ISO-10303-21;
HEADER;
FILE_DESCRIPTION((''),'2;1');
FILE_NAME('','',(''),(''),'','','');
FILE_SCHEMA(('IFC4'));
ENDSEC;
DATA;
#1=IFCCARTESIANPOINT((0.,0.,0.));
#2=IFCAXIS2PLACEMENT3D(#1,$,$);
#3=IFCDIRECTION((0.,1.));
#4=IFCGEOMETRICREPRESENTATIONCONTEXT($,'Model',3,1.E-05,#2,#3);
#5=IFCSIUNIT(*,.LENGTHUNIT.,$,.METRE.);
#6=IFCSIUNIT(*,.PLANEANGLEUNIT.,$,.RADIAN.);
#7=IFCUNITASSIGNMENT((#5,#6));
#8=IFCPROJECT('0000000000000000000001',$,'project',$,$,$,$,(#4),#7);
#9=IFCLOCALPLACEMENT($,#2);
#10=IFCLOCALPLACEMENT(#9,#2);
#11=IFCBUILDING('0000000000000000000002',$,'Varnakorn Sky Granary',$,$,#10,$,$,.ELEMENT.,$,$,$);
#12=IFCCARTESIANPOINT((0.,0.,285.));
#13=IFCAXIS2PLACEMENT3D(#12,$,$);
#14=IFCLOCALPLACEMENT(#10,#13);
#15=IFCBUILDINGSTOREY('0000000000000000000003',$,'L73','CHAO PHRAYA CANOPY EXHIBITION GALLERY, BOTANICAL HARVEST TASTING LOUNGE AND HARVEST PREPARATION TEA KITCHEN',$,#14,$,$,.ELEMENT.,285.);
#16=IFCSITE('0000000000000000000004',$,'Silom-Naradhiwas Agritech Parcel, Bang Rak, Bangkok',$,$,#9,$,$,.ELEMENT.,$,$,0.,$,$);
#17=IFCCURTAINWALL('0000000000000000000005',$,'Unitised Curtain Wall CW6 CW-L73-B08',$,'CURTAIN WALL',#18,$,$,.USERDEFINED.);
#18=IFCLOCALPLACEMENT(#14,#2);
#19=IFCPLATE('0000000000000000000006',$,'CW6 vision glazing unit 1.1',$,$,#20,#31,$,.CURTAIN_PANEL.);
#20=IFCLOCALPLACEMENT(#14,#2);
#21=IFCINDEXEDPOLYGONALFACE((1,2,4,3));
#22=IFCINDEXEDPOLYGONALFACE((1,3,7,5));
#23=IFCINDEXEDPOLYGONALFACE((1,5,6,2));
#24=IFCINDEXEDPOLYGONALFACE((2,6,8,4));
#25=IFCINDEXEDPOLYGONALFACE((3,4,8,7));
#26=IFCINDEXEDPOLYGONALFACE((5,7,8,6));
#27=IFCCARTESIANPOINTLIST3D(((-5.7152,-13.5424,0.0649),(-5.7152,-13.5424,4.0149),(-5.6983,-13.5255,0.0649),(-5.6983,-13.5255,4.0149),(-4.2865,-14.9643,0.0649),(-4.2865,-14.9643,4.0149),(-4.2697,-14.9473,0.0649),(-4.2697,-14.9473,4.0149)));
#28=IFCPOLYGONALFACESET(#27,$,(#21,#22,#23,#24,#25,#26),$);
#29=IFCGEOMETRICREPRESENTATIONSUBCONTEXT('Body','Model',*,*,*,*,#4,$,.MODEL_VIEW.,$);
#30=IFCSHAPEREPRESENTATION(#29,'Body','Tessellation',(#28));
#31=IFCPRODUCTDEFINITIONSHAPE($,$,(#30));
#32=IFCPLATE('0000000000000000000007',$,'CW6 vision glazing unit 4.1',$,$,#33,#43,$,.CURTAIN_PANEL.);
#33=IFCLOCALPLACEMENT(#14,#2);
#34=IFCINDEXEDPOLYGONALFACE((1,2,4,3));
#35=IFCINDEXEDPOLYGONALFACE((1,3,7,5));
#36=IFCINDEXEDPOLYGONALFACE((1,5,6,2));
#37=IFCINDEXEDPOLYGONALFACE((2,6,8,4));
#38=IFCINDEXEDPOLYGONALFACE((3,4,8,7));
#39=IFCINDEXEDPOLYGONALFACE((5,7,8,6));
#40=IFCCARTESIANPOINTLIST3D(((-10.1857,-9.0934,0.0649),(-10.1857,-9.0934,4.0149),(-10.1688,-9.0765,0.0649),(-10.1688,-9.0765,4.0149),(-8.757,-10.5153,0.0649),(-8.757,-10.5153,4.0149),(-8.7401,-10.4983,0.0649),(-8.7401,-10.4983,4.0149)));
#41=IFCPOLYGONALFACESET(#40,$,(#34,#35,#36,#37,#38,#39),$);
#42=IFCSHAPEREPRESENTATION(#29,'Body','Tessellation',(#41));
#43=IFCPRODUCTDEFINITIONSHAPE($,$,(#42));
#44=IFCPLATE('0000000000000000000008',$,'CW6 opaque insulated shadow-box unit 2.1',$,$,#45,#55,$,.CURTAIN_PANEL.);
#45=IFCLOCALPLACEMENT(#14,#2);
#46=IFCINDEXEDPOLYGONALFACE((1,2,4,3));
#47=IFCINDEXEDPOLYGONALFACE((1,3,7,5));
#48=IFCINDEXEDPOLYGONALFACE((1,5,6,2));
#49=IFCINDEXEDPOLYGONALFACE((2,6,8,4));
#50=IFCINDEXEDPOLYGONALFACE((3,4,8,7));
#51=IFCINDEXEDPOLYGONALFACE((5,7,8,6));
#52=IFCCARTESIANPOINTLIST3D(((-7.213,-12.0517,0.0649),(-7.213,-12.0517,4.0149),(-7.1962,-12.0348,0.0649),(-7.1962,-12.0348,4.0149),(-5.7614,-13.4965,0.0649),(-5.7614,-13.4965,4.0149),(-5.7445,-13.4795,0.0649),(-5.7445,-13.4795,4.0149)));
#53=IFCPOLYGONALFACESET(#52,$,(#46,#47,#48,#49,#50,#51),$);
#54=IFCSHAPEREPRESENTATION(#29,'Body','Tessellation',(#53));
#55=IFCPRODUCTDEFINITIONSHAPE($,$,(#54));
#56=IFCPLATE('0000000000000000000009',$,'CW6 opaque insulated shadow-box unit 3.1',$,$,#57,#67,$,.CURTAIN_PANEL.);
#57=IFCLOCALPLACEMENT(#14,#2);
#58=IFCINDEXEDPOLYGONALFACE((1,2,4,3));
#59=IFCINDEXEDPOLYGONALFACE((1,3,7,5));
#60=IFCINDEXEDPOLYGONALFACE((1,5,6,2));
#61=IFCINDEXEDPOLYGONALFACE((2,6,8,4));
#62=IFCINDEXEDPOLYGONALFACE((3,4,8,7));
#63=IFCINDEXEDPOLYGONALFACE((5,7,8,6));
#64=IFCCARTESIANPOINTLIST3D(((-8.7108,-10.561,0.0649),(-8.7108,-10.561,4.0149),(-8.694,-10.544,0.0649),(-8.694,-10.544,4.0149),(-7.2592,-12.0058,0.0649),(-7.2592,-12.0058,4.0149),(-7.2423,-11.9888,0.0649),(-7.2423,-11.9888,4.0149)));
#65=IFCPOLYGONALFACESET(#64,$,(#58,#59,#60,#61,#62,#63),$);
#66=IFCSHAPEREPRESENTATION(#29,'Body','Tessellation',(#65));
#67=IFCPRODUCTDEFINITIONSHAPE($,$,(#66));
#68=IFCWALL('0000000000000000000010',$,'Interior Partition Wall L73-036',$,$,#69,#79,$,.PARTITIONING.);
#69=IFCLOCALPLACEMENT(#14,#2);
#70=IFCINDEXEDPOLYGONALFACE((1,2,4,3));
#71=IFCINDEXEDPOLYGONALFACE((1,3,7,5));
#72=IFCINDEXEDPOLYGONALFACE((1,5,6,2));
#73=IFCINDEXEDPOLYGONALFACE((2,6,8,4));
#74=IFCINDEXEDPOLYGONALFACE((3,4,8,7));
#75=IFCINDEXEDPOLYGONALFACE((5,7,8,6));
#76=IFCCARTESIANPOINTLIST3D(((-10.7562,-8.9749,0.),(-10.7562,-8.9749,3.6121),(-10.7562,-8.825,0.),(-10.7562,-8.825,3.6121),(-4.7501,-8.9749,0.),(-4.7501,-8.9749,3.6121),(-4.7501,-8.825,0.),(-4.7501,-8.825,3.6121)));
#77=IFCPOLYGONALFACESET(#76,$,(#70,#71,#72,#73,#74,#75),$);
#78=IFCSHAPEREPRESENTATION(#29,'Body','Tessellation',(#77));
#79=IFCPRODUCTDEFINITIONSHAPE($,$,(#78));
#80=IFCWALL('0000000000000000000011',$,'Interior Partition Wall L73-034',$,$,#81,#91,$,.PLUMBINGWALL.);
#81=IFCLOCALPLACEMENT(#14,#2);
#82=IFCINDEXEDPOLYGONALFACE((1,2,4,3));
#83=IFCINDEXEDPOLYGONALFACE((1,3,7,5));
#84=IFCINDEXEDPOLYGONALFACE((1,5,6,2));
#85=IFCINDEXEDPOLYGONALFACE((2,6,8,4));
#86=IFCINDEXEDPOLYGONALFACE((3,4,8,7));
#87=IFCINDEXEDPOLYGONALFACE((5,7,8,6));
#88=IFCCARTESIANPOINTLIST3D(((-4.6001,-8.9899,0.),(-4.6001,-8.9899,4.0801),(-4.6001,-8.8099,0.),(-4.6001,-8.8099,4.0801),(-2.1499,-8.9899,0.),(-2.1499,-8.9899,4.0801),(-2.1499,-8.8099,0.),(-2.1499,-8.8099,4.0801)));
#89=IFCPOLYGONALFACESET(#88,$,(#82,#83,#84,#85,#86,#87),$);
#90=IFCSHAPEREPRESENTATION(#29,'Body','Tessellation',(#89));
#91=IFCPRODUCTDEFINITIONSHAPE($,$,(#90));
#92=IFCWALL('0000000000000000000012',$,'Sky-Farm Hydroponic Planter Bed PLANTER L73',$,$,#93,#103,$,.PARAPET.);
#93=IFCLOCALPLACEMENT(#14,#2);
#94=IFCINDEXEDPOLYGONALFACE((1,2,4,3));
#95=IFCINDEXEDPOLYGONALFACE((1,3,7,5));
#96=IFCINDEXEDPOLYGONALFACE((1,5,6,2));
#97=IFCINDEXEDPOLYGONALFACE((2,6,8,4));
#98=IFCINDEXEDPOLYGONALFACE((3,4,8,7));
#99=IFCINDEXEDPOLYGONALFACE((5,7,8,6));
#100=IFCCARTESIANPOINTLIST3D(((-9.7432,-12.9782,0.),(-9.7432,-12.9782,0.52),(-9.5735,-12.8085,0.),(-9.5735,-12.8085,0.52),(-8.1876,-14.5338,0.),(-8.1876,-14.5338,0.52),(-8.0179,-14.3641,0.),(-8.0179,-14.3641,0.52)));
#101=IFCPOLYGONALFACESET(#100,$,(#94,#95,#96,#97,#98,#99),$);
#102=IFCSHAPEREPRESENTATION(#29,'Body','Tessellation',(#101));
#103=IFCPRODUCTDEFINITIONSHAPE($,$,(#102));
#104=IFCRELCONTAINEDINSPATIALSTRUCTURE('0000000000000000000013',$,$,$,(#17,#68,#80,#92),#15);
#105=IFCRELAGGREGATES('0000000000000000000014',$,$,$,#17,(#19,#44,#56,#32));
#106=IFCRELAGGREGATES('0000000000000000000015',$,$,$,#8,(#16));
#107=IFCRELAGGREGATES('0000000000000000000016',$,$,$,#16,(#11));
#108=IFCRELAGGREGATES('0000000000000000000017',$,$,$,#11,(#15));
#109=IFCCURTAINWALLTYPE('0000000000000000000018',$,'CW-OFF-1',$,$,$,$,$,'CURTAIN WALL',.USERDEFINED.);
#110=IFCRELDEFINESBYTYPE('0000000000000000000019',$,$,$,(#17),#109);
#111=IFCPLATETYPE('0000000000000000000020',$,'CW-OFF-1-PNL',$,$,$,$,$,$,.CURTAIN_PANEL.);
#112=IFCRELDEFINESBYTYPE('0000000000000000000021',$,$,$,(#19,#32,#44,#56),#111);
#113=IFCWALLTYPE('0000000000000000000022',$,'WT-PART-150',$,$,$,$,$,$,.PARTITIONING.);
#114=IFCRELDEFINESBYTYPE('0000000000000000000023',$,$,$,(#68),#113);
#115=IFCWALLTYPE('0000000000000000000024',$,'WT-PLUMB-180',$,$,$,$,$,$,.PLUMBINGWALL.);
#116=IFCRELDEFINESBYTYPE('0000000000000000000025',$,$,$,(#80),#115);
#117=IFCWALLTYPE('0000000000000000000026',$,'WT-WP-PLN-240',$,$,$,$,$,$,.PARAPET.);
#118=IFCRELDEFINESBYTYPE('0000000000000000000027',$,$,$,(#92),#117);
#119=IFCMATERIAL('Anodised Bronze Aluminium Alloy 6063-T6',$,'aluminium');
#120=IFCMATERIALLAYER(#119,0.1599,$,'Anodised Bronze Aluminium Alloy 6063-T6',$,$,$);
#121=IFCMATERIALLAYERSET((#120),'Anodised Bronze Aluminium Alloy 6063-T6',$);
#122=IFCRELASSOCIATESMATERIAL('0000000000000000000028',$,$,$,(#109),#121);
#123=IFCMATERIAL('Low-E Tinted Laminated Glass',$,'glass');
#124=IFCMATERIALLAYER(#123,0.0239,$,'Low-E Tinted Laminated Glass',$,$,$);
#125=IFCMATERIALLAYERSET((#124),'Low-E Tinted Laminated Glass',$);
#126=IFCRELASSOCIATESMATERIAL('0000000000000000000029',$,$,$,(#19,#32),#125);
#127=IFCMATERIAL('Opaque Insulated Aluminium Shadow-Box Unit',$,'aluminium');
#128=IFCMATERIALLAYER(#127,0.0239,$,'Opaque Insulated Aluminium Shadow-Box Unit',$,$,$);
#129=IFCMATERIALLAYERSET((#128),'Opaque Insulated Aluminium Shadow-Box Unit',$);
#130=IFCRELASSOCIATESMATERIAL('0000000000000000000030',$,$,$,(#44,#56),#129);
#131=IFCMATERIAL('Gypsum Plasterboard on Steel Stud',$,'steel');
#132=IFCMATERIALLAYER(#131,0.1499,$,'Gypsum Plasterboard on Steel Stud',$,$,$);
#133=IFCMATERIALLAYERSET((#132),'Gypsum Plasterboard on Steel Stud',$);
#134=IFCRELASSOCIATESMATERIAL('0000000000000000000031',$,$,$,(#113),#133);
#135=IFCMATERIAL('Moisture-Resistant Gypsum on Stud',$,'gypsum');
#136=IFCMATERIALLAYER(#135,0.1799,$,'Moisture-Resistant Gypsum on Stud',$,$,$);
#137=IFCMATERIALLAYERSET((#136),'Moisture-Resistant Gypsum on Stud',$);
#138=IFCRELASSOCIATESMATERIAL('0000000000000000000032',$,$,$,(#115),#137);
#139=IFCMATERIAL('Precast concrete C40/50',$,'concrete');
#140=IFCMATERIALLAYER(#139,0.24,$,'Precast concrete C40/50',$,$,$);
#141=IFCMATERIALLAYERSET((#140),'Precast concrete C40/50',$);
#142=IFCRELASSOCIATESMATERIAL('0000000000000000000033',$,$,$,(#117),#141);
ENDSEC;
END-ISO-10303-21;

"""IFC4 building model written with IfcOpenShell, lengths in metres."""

from ifc_helpers import new_model, si_unit, direction, frame, frame_2d, origin, origin_2d, place, context, subcontext, project, spatial, rectangle, extrude, source, transform, mapped, material, layer, layer_set, type_object, type_shapes, element, aggregate, save


model = new_model("IFC4")

# Units and contexts
model_context = context("Model", 3, precision=1e-05, world=origin(), true_north=direction((0.0, 1.0)))
body_context = subcontext(model_context, "Body", "Model", "MODEL_VIEW")
ifc_project = project(units=[si_unit("LENGTHUNIT", "METRE"), si_unit("PLANEANGLEUNIT", "RADIAN")], contexts=[model_context])

# Site, building, storey
site_placement = place(None, origin())
site = spatial("IfcSite", under=ifc_project, at=site_placement, Name="Silom-Naradhiwas Agritech Parcel, Bang Rak, Bangkok", CompositionType="ELEMENT", RefElevation=0.0)
building_placement = place(site_placement, origin())
building = spatial("IfcBuilding", under=site, at=building_placement, Name="Varnakorn Sky Granary", CompositionType="ELEMENT")
storey_placement = place(building_placement, frame((0.0, 0.0, 285.0)))
storey = spatial("IfcBuildingStorey", under=building, at=storey_placement, Name="L73", Description="CHAO PHRAYA CANOPY EXHIBITION GALLERY, BOTANICAL HARVEST TASTING LOUNGE AND HARVEST PREPARATION TEA KITCHEN", CompositionType="ELEMENT", Elevation=285.0)

# Curtain wall
ifc_material_1 = material(Name="Anodised Bronze Aluminium Alloy 6063-T6", Category="aluminium")
ifc_layer_1 = layer(ifc_material_1, 0.1599, Name="Anodised Bronze Aluminium Alloy 6063-T6")
ifc_layer_set_1 = layer_set([ifc_layer_1], Name="Anodised Bronze Aluminium Alloy 6063-T6")
curtain_wall_type = type_object("IfcCurtainWallType", Name="CW-OFF-1", ElementType="CURTAIN WALL", PredefinedType="USERDEFINED", material=ifc_layer_set_1)
curtain_wall_placement = place(storey_placement, origin())
curtain_wall = element("IfcCurtainWall", 1, at=curtain_wall_placement, inside=storey, type_object=curtain_wall_type, Name="Unitised Curtain Wall CW6 CW-L73-B08", ObjectType="CURTAIN WALL", PredefinedType="USERDEFINED")

# Plates
ifc_material_2 = material(Name="Low-E Tinted Laminated Glass", Category="glass")
ifc_layer_2 = layer(ifc_material_2, 0.0239, Name="Low-E Tinted Laminated Glass")
ifc_layer_set_2 = layer_set([ifc_layer_2], Name="Low-E Tinted Laminated Glass")
plate_type = type_object("IfcPlateType", Name="CW-OFF-1-PNL", PredefinedType="CURTAIN_PANEL")
shared_shape_1 = source(origin(), body_context, "Body", "SweptSolid", [
    extrude(rectangle(XDim=2.0156, YDim=0.0239, at=origin_2d()), origin(), (0.0, 0.0, 1.0), 3.95),
])
plate_1_placement = place(storey_placement, frame((-4.9924, -14.2449, 0.0649), z_axis=(0.0, 0.0, 1.0), x_axis=(-0.708791, 0.705419, 0.0)))
plate_1 = element("IfcPlate", 2, at=plate_1_placement, type_object=plate_type, material=ifc_layer_set_2, Name="CW6 vision glazing unit 1.1", PredefinedType="CURTAIN_PANEL", context=body_context, shape_type="MappedRepresentation", body=[
    mapped(shared_shape_1, transform((0.0, 0.0, 0.0), x_axis=(1.0, 0.0, 0.0), y_axis=(0.0, 1.0, 0.0), z_axis=(0.0, 0.0, 1.0), scale=1.0)),
])
plate_2_placement = place(storey_placement, frame((-9.4629, -9.7959, 0.0649), z_axis=(0.0, 0.0, 1.0), x_axis=(-0.708791, 0.705419, 0.0)))
plate_2 = element("IfcPlate", 3, at=plate_2_placement, type_object=plate_type, material=ifc_layer_set_2, Name="CW6 vision glazing unit 4.1", PredefinedType="CURTAIN_PANEL", context=body_context, shape_type="MappedRepresentation", body=[
    mapped(shared_shape_1, transform((0.0, 0.0, 0.0), x_axis=(1.0, 0.0, 0.0), y_axis=(0.0, 1.0, 0.0), z_axis=(0.0, 0.0, 1.0), scale=1.0)),
])
ifc_material_3 = material(Name="Opaque Insulated Aluminium Shadow-Box Unit", Category="aluminium")
ifc_layer_3 = layer(ifc_material_3, 0.0239, Name="Opaque Insulated Aluminium Shadow-Box Unit")
ifc_layer_set_3 = layer_set([ifc_layer_3], Name="Opaque Insulated Aluminium Shadow-Box Unit")
shared_shape_2 = source(origin(), body_context, "Body", "SweptSolid", [
    extrude(rectangle(XDim=2.0481, YDim=0.0239, at=origin_2d()), origin(), (0.0, 0.0, 1.0), 3.95),
])
type_shapes(plate_type, [shared_shape_1, shared_shape_2])
plate_3_placement = place(storey_placement, frame((-6.4788, -12.7656, 0.0649), z_axis=(0.0, 0.0, 1.0), x_axis=(-0.708791, 0.705419, 0.0)))
plate_3 = element("IfcPlate", 4, at=plate_3_placement, type_object=plate_type, material=ifc_layer_set_3, Name="CW6 opaque insulated shadow-box unit 2.1", PredefinedType="CURTAIN_PANEL", context=body_context, shape_type="MappedRepresentation", body=[
    mapped(shared_shape_2, transform((0.0, 0.0, 0.0), x_axis=(1.0, 0.0, 0.0), y_axis=(0.0, 1.0, 0.0), z_axis=(0.0, 0.0, 1.0), scale=1.0)),
])
plate_4_placement = place(storey_placement, frame((-7.9766, -11.2749, 0.0649), z_axis=(0.0, 0.0, 1.0), x_axis=(-0.708791, 0.705419, 0.0)))
plate_4 = element("IfcPlate", 5, at=plate_4_placement, type_object=plate_type, material=ifc_layer_set_3, Name="CW6 opaque insulated shadow-box unit 3.1", PredefinedType="CURTAIN_PANEL", context=body_context, shape_type="MappedRepresentation", body=[
    mapped(shared_shape_2, transform((0.0, 0.0, 0.0), x_axis=(1.0, 0.0, 0.0), y_axis=(0.0, 1.0, 0.0), z_axis=(0.0, 0.0, 1.0), scale=1.0)),
])
aggregate(curtain_wall, [plate_1, plate_3, plate_4, plate_2])

# Walls
ifc_material_4 = material(Name="Gypsum Plasterboard on Steel Stud", Category="steel")
ifc_layer_4 = layer(ifc_material_4, 0.1499, Name="Gypsum Plasterboard on Steel Stud")
ifc_layer_set_4 = layer_set([ifc_layer_4], Name="Gypsum Plasterboard on Steel Stud")
wall_type_1 = type_object("IfcWallType", Name="WT-PART-150", PredefinedType="PARTITIONING", material=ifc_layer_set_4)
wall_1_placement = place(storey_placement, frame((-10.7561, -8.8999, 0.0), z_axis=(0.0, 0.0, 1.0), x_axis=(1.0, 0.0, 0.0)))
element("IfcWall", 6, at=wall_1_placement, inside=storey, type_object=wall_type_1, Name="Interior Partition Wall L73-036", PredefinedType="PARTITIONING", context=body_context, shape_type="SweptSolid", body=[
    extrude(rectangle(XDim=6.0061, YDim=0.1499, at=frame_2d((3.0029, 0.0))), origin(), (0.0, 0.0, 1.0), 3.6121),
])
ifc_material_5 = material(Name="Moisture-Resistant Gypsum on Stud", Category="gypsum")
ifc_layer_5 = layer(ifc_material_5, 0.1799, Name="Moisture-Resistant Gypsum on Stud")
ifc_layer_set_5 = layer_set([ifc_layer_5], Name="Moisture-Resistant Gypsum on Stud")
wall_type_2 = type_object("IfcWallType", Name="WT-PLUMB-180", PredefinedType="PLUMBINGWALL", material=ifc_layer_set_5)
wall_2_placement = place(storey_placement, frame((-4.6001, -8.8999, 0.0), z_axis=(0.0, 0.0, 1.0), x_axis=(1.0, 0.0, 0.0)))
element("IfcWall", 7, at=wall_2_placement, inside=storey, type_object=wall_type_2, Name="Interior Partition Wall L73-034", PredefinedType="PLUMBINGWALL", context=body_context, shape_type="SweptSolid", body=[
    extrude(rectangle(XDim=2.4502, YDim=0.1799, at=frame_2d((1.2251, 0.0))), origin(), (0.0, 0.0, 1.0), 4.0801),
])
ifc_material_6 = material(Name="Precast concrete C40/50", Category="concrete")
ifc_layer_6 = layer(ifc_material_6, 0.24, Name="Precast concrete C40/50")
ifc_layer_set_6 = layer_set([ifc_layer_6], Name="Precast concrete C40/50")
wall_type_3 = type_object("IfcWallType", Name="WT-WP-PLN-240", PredefinedType="PARAPET", material=ifc_layer_set_6)
wall_3_placement = place(storey_placement, frame((-9.6584, -12.8933, 0.0), z_axis=(0.0, 0.0, 1.0), x_axis=(0.707107, -0.707107, 0.0)))
element("IfcWall", 8, at=wall_3_placement, inside=storey, type_object=wall_type_3, Name="Sky-Farm Hydroponic Planter Bed PLANTER L73", PredefinedType="PARAPET", context=body_context, shape_type="SweptSolid", body=[
    extrude(rectangle(XDim=2.2, YDim=0.24, at=frame_2d((1.1001, 0.0))), origin(), (0.0, 0.0, 1.0), 0.52),
])

save(model, "model.ifc")
